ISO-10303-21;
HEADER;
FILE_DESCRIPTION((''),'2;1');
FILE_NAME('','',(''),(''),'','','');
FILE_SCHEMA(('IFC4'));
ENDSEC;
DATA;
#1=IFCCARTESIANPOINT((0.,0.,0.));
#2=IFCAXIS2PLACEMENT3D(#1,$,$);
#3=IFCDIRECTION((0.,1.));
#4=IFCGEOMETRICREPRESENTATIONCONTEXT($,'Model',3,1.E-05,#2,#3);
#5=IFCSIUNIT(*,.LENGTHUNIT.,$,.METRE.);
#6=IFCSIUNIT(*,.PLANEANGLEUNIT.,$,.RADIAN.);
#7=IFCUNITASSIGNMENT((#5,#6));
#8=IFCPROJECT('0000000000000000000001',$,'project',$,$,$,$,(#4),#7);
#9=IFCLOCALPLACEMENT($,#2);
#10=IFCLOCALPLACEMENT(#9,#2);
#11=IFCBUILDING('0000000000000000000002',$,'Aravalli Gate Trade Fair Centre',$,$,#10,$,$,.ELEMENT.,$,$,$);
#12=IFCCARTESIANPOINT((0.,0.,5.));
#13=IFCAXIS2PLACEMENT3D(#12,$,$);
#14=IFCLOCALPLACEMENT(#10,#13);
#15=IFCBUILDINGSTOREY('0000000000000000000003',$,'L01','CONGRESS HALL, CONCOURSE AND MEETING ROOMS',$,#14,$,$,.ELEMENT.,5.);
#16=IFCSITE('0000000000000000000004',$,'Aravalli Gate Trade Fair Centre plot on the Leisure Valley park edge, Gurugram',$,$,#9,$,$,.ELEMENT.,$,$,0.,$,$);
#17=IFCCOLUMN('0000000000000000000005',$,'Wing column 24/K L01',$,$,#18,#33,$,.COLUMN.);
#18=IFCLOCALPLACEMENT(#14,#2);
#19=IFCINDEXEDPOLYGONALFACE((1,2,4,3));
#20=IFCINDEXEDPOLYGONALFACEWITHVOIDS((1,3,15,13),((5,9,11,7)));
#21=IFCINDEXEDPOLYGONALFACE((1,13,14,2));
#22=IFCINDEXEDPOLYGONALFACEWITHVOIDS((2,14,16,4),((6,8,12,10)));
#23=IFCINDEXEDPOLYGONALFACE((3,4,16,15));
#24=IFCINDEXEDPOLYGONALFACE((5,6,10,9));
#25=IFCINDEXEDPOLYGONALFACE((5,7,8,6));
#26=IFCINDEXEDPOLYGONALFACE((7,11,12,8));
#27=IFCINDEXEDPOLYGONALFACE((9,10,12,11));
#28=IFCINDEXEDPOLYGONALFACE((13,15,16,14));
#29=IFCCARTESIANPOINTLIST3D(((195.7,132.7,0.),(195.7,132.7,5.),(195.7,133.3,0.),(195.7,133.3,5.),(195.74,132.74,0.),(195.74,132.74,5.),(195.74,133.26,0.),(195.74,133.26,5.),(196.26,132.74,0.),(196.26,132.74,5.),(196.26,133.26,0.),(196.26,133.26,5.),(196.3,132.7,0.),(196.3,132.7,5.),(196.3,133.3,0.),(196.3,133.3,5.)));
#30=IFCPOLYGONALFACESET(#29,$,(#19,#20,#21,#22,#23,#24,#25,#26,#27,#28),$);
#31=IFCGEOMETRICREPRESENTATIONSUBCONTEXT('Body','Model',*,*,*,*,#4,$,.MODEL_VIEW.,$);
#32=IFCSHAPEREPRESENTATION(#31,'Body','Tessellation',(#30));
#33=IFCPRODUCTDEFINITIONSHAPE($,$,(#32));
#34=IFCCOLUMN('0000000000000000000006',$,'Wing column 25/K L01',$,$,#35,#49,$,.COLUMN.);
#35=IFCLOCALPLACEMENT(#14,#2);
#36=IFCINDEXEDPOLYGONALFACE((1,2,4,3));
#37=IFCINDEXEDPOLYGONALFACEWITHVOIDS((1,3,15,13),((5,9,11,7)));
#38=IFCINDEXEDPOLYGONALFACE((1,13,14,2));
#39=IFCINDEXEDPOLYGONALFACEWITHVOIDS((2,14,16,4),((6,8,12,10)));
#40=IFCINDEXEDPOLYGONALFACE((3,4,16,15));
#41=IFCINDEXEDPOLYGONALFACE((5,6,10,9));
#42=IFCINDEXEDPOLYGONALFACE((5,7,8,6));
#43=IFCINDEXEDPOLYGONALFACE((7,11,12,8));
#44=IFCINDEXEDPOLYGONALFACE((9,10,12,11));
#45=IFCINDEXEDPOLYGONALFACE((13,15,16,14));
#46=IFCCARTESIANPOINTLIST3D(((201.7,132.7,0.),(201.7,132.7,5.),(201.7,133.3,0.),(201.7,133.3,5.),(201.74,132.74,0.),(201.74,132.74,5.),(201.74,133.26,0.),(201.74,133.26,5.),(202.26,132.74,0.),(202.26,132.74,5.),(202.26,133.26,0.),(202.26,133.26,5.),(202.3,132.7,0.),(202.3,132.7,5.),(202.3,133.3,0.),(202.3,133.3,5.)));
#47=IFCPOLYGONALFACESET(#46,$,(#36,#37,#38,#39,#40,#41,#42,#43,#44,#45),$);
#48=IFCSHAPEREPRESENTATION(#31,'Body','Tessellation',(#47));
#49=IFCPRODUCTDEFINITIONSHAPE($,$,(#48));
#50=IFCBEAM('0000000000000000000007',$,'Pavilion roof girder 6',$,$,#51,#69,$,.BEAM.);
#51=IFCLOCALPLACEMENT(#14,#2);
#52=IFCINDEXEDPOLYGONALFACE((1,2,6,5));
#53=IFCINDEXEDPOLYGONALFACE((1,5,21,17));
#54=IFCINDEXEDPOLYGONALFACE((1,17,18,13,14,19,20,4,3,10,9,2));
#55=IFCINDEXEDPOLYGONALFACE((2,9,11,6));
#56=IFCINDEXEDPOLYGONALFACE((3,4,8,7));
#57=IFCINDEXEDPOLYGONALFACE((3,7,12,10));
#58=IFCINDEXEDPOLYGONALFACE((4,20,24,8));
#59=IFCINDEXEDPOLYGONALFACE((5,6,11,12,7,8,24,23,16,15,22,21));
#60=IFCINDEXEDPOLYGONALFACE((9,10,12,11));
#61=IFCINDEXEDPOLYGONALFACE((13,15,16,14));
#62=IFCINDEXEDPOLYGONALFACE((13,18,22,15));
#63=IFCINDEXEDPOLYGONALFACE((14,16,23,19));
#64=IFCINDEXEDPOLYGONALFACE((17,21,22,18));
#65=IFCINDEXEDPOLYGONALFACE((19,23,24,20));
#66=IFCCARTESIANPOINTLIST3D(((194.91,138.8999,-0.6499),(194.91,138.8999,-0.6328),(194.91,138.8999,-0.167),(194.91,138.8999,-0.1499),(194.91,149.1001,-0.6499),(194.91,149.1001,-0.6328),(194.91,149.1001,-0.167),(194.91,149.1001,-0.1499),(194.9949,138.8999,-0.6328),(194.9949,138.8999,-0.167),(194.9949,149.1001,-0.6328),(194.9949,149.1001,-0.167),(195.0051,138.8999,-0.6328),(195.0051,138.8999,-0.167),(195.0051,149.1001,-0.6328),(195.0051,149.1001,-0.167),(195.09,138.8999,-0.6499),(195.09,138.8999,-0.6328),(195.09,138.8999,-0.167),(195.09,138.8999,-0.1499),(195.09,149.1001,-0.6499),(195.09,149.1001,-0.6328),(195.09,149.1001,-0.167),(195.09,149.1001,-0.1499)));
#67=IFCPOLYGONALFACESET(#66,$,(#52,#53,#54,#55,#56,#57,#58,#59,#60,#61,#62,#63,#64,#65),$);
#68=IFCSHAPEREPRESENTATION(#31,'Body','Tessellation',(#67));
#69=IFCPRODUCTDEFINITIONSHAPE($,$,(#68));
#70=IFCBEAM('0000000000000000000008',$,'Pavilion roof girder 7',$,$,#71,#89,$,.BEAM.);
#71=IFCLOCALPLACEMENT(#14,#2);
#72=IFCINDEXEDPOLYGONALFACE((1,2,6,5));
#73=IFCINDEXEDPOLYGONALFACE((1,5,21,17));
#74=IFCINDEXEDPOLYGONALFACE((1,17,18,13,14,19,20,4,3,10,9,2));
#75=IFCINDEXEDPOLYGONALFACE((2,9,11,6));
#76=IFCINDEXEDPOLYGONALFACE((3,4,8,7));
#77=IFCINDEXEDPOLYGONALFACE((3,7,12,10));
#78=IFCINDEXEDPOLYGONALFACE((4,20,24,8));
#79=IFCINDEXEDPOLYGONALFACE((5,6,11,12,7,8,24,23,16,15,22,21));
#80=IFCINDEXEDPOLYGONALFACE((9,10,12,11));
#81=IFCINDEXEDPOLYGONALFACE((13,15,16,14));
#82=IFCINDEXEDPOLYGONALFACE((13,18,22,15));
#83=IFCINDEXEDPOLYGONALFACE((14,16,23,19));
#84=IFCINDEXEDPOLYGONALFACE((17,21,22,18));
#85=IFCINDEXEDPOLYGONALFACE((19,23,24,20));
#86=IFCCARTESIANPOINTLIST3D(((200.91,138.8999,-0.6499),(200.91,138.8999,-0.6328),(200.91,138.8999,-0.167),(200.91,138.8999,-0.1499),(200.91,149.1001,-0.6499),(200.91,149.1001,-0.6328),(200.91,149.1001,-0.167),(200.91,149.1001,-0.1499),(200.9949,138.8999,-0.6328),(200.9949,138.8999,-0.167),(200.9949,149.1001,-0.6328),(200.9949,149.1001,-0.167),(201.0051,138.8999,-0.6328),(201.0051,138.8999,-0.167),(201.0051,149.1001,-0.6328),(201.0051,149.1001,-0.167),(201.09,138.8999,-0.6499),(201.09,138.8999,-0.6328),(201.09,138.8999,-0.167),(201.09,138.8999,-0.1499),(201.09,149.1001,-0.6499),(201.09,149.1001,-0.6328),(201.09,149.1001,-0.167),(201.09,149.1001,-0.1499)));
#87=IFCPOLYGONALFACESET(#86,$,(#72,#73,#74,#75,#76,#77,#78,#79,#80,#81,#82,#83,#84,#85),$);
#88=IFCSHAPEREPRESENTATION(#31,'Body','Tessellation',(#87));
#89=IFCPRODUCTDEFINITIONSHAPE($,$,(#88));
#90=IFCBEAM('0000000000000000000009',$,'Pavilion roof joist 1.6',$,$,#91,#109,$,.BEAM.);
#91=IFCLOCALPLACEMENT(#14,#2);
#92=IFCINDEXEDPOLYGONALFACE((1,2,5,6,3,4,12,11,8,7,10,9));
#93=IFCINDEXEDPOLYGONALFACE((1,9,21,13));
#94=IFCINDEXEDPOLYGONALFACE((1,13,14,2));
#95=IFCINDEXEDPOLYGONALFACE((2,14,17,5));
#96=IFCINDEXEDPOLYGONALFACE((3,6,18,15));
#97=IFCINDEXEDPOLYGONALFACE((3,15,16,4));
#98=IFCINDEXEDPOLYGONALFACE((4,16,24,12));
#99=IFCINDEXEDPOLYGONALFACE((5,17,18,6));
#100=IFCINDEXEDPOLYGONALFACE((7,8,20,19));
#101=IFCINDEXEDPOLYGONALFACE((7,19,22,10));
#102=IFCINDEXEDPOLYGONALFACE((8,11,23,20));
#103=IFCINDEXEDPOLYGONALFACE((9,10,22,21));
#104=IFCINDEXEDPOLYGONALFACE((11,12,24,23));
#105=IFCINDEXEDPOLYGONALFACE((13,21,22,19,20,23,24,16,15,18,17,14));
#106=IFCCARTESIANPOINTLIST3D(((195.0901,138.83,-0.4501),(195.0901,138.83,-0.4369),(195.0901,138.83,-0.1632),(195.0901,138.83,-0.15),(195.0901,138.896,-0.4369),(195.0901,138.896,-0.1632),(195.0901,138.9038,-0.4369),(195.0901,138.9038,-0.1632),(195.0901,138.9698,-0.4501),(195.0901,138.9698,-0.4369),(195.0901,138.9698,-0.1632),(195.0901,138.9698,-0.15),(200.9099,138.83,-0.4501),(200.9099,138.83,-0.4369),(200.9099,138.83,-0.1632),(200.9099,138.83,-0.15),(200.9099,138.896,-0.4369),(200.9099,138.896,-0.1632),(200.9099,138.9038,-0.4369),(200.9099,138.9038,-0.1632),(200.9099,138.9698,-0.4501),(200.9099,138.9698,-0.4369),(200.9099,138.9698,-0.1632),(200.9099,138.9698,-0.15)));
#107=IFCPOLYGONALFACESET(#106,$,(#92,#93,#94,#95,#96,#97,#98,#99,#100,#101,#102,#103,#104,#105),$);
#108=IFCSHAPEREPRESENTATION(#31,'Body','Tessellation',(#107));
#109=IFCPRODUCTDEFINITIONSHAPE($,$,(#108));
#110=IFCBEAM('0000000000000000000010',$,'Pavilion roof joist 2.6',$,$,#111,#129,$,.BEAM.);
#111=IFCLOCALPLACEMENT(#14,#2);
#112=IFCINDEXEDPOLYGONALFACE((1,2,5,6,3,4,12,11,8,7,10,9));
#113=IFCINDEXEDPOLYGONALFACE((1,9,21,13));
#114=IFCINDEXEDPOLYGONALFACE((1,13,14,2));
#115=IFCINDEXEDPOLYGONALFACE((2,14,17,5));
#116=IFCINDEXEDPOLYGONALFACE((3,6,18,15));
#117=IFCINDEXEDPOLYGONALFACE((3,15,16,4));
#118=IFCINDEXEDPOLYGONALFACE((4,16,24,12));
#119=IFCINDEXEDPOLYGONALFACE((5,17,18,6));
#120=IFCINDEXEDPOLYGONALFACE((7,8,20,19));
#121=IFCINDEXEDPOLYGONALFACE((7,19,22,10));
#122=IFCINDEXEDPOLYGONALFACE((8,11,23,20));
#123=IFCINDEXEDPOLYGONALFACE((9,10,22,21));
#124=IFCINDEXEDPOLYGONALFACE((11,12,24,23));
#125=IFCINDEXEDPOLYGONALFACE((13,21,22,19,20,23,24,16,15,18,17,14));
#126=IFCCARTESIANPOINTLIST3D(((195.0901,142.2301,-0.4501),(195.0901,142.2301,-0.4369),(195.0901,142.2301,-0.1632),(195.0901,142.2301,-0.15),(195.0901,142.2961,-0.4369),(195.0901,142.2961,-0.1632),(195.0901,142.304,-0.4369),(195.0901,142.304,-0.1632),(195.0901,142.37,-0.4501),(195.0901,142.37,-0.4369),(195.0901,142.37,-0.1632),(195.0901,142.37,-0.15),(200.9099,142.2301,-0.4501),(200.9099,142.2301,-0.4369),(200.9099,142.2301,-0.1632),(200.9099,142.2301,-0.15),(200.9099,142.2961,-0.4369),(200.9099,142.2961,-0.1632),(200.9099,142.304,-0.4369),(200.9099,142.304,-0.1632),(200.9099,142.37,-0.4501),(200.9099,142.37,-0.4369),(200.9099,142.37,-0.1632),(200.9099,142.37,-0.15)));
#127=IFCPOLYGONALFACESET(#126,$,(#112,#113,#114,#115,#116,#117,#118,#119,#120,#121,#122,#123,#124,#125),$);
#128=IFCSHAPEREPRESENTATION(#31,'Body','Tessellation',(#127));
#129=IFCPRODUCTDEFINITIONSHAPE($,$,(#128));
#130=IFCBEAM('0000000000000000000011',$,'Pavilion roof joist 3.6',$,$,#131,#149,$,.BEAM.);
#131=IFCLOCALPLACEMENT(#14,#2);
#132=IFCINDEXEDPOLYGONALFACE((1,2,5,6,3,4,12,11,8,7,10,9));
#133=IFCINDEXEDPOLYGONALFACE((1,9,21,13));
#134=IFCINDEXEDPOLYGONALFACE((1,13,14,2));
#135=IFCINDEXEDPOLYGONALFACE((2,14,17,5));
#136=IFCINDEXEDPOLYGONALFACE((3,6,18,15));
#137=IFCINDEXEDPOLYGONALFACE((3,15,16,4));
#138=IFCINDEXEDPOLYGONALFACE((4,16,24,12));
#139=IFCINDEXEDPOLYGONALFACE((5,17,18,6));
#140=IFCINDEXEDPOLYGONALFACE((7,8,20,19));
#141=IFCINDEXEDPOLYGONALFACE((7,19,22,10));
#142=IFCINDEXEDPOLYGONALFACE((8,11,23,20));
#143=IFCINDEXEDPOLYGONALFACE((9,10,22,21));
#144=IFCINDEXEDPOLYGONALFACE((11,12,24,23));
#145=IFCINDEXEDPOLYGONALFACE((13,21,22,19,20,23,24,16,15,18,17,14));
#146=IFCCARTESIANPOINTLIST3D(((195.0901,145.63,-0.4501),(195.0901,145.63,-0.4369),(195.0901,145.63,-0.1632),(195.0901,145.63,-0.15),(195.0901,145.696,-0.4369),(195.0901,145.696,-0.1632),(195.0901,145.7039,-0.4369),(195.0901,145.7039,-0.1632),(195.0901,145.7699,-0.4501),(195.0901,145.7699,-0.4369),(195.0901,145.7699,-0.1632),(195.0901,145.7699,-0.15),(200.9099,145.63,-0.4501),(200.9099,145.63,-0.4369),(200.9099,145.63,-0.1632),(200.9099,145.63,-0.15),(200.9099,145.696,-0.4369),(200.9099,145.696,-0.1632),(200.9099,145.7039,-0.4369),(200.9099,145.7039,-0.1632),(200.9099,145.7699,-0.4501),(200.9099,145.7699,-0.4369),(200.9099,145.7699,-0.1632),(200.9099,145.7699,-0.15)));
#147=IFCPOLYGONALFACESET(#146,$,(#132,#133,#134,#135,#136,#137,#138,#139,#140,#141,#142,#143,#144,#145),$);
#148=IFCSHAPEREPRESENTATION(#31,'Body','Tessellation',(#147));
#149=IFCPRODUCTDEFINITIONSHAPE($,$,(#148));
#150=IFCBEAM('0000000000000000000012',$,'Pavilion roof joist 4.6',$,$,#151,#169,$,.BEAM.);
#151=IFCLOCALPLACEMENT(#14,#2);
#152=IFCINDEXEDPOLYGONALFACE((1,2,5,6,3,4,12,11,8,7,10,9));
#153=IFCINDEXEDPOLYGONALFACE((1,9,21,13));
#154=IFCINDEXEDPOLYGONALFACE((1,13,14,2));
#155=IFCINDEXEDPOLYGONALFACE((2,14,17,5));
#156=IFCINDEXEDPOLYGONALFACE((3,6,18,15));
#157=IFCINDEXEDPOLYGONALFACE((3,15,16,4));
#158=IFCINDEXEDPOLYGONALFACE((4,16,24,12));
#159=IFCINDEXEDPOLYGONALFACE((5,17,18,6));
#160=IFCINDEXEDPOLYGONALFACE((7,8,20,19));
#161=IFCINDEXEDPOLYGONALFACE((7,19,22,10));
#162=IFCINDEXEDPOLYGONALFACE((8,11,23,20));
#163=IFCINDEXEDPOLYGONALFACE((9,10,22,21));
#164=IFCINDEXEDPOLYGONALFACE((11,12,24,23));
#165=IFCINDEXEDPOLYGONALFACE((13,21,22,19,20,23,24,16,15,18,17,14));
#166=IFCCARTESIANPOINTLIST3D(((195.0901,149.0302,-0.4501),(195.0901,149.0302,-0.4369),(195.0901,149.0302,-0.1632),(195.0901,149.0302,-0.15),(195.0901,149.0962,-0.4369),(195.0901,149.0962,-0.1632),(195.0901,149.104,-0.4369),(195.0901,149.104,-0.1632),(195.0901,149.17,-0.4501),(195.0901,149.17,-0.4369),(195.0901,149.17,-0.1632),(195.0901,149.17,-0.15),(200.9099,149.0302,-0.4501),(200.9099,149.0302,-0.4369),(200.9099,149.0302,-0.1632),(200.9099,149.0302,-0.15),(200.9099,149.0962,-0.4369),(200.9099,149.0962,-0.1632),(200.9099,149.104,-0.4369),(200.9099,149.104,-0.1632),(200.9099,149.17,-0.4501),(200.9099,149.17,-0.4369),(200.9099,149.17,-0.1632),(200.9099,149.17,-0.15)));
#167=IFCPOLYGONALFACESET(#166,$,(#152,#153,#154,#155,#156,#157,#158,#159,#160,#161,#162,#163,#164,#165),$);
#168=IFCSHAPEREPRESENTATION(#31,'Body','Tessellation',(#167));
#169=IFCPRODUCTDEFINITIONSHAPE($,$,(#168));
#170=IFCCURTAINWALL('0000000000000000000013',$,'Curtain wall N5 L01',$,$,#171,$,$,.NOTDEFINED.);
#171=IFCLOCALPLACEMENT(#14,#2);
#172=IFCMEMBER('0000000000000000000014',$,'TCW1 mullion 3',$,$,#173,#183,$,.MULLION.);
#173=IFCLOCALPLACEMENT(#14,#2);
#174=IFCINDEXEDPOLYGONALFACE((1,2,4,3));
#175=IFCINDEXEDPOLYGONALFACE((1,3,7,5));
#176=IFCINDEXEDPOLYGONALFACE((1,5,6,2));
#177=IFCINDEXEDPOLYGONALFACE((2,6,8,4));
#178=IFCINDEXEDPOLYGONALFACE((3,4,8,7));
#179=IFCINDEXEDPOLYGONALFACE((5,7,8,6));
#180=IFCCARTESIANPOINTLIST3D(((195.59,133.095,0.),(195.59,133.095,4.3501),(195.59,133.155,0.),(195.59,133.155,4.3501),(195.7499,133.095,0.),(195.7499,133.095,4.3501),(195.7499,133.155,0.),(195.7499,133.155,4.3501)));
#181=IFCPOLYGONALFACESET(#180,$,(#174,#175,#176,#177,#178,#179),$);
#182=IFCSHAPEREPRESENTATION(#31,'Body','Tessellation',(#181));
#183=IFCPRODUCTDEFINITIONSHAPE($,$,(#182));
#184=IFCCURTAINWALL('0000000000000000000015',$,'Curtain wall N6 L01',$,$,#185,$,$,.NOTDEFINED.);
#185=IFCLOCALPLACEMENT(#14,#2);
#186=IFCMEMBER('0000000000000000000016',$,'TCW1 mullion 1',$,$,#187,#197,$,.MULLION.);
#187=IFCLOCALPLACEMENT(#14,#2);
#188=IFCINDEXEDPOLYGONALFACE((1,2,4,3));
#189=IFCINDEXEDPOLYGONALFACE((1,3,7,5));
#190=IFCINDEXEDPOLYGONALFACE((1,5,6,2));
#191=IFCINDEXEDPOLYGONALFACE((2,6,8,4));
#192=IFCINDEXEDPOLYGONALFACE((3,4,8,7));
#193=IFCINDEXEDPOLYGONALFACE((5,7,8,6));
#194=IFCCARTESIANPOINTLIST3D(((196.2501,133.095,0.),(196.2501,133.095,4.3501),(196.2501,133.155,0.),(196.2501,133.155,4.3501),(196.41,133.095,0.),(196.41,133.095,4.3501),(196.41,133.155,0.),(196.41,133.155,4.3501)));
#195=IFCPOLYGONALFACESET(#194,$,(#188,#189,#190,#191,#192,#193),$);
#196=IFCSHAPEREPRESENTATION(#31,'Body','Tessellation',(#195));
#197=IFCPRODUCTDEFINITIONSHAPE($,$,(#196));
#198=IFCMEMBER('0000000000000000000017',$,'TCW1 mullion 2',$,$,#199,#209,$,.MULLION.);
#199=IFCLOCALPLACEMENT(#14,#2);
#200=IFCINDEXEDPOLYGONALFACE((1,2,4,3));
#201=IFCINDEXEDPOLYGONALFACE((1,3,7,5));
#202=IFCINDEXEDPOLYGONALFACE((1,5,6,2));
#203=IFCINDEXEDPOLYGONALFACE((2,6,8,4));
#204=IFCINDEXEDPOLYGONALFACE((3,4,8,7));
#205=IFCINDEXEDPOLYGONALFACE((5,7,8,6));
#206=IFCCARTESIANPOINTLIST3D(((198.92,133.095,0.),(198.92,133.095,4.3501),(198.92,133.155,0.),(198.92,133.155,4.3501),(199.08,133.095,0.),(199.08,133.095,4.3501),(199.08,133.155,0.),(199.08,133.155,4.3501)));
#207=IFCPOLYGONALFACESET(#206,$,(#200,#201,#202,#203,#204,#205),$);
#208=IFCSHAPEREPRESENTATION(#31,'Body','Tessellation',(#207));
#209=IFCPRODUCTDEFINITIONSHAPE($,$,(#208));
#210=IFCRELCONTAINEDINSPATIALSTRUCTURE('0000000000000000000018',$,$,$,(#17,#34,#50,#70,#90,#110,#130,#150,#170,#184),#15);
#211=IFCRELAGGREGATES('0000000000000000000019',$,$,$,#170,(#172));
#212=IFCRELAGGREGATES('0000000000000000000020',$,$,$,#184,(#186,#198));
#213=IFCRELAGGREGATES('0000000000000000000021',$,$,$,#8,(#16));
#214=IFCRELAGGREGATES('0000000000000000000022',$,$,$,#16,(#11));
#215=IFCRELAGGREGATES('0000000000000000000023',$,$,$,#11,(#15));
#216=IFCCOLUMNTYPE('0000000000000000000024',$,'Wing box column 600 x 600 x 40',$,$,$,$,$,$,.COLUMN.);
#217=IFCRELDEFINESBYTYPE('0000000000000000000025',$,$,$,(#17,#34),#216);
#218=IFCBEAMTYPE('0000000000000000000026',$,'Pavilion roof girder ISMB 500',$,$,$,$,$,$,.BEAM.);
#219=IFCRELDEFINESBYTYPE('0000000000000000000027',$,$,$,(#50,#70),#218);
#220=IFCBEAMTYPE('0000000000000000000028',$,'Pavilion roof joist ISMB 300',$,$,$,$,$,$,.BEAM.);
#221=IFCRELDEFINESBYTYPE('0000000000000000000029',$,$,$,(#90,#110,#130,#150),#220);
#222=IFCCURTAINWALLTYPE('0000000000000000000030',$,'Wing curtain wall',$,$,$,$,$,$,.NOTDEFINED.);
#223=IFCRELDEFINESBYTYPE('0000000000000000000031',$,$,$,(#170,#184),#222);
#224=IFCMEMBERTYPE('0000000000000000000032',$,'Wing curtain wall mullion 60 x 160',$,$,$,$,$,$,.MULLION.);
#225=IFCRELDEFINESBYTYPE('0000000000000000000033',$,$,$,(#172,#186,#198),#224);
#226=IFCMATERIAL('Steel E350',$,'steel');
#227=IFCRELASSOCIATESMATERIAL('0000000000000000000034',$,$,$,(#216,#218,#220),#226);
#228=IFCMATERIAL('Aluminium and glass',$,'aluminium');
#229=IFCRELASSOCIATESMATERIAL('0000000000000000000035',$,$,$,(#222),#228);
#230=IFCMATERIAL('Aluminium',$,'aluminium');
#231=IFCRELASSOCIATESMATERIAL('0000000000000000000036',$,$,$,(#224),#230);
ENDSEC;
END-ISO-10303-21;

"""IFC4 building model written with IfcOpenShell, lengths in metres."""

from ifc_helpers import new_model, si_unit, direction, frame, origin, origin_2d, place, context, subcontext, project, spatial, rectangle, hollow_rectangle, i_section, extrude, material, material_profile, profile_set, type_object, element, aggregate, save


model = new_model("IFC4")

# Units and contexts
model_context = context("Model", 3, precision=1e-05, world=origin(), true_north=direction((0.0, 1.0)))
body_context = subcontext(model_context, "Body", "Model", "MODEL_VIEW")
ifc_project = project(units=[si_unit("LENGTHUNIT", "METRE"), si_unit("PLANEANGLEUNIT", "RADIAN")], contexts=[model_context])

# Site, building, storey
site_placement = place(None, origin())
site = spatial("IfcSite", under=ifc_project, at=site_placement, Name="Aravalli Gate Trade Fair Centre plot on the Leisure Valley park edge, Gurugram", CompositionType="ELEMENT", RefElevation=0.0)
building_placement = place(site_placement, origin())
building = spatial("IfcBuilding", under=site, at=building_placement, Name="Aravalli Gate Trade Fair Centre", CompositionType="ELEMENT")
storey_placement = place(building_placement, frame((0.0, 0.0, 5.0)))
storey = spatial("IfcBuildingStorey", under=building, at=storey_placement, Name="L01", Description="CONGRESS HALL, CONCOURSE AND MEETING ROOMS", CompositionType="ELEMENT", Elevation=5.0)

# Columns
ifc_material_1 = material(Name="Steel E350", Category="steel")
ifc_material_profile_1 = material_profile(ifc_material_1, hollow_rectangle(XDim=0.6001, YDim=0.6001, WallThickness=0.04, at=origin_2d()), Name="BOX 600x600x40")
ifc_profile_set_1 = profile_set([ifc_material_profile_1], Name="Steel E350")
column_type = type_object("IfcColumnType", Name="Wing box column 600 x 600 x 40", PredefinedType="COLUMN", material=ifc_profile_set_1)
for number, where, z_axis, x_axis, name in (
    (1, (196.0, 133.0, 0.0), (0.0, 0.0, 1.0), (1.0, 0.0, 0.0), "Wing column 24/K L01"),
    (2, (202.0, 133.0, 0.0), (0.0, 0.0, 1.0), (1.0, 0.0, 0.0), "Wing column 25/K L01"),
):
    element("IfcColumn", number, at=place(storey_placement, frame(where, z_axis=z_axis, x_axis=x_axis)), inside=storey, type_object=column_type, Name=name, PredefinedType="COLUMN", context=body_context, shape_type="SweptSolid", body=[
        extrude(hollow_rectangle(XDim=0.6001, YDim=0.6001, WallThickness=0.04, at=origin_2d()), origin(), (0.0, 0.0, 1.0), 5.0),
    ])

# Beams
ifc_material_profile_2 = material_profile(ifc_material_1, i_section(OverallWidth=0.1799, OverallDepth=0.5, WebThickness=0.0103, FlangeThickness=0.0171, at=origin_2d()), Name="ISMB 500")
ifc_profile_set_2 = profile_set([ifc_material_profile_2], Name="Steel E350")
beam_type_1 = type_object("IfcBeamType", Name="Pavilion roof girder ISMB 500", PredefinedType="BEAM", material=ifc_profile_set_2)
for number, where, z_axis, x_axis, name in (
    (3, (195.0, 138.8999, -0.3999), (0.0, 1.0, 0.0), (-1.0, 0.0, 0.0), "Pavilion roof girder 6"),
    (4, (201.0, 138.8999, -0.3999), (0.0, 1.0, 0.0), (-1.0, 0.0, 0.0), "Pavilion roof girder 7"),
):
    element("IfcBeam", number, at=place(storey_placement, frame(where, z_axis=z_axis, x_axis=x_axis)), inside=storey, type_object=beam_type_1, Name=name, PredefinedType="BEAM", context=body_context, shape_type="SweptSolid", body=[
        extrude(i_section(OverallWidth=0.1799, OverallDepth=0.5, WebThickness=0.0103, FlangeThickness=0.0171, at=origin_2d()), origin(), (0.0, 0.0, 1.0), 10.2002),
    ])
ifc_material_profile_3 = material_profile(ifc_material_1, i_section(OverallWidth=0.1399, OverallDepth=0.3, WebThickness=0.0078, FlangeThickness=0.0132, at=origin_2d()), Name="ISMB 300")
ifc_profile_set_3 = profile_set([ifc_material_profile_3], Name="Steel E350")
beam_type_2 = type_object("IfcBeamType", Name="Pavilion roof joist ISMB 300", PredefinedType="BEAM", material=ifc_profile_set_3)
for number, where, z_axis, x_axis, name in (
    (5, (195.0901, 138.8999, -0.3), (1.0, 0.0, 0.0), (0.0, 1.0, 0.0), "Pavilion roof joist 1.6"),
    (6, (195.0901, 142.3, -0.3), (1.0, 0.0, 0.0), (0.0, 1.0, 0.0), "Pavilion roof joist 2.6"),
    (7, (195.0901, 145.7, -0.3), (1.0, 0.0, 0.0), (0.0, 1.0, 0.0), "Pavilion roof joist 3.6"),
    (8, (195.0901, 149.1001, -0.3), (1.0, 0.0, 0.0), (0.0, 1.0, 0.0), "Pavilion roof joist 4.6"),
):
    element("IfcBeam", number, at=place(storey_placement, frame(where, z_axis=z_axis, x_axis=x_axis)), inside=storey, type_object=beam_type_2, Name=name, PredefinedType="BEAM", context=body_context, shape_type="SweptSolid", body=[
        extrude(i_section(OverallWidth=0.1399, OverallDepth=0.3, WebThickness=0.0078, FlangeThickness=0.0132, at=origin_2d()), origin(), (0.0, 0.0, 1.0), 5.8198),
    ])

# Curtain wall, member
ifc_material_2 = material(Name="Aluminium and glass", Category="aluminium")
curtain_wall_type = type_object("IfcCurtainWallType", Name="Wing curtain wall", PredefinedType="NOTDEFINED", material=ifc_material_2)
curtain_wall_1_placement = place(storey_placement, origin())
curtain_wall_1 = element("IfcCurtainWall", 9, at=curtain_wall_1_placement, inside=storey, type_object=curtain_wall_type, Name="Curtain wall N5 L01", PredefinedType="NOTDEFINED")
ifc_material_3 = material(Name="Aluminium", Category="aluminium")
ifc_material_profile_4 = material_profile(ifc_material_3, rectangle(XDim=0.0601, YDim=0.1599, at=origin_2d()), Name="Wing curtain wall mullion 60 x 160")
ifc_profile_set_4 = profile_set([ifc_material_profile_4], Name="Aluminium")
member_type_1 = type_object("IfcMemberType", Name="Wing curtain wall mullion 60 x 160", PredefinedType="MULLION", material=ifc_profile_set_4)
member_1_placement = place(storey_placement, frame((195.6699, 133.125, 0.0), z_axis=(0.0, 0.0, 1.0), x_axis=(0.0, 1.0, 0.0)))
member_1 = element("IfcMember", 10, at=member_1_placement, type_object=member_type_1, Name="TCW1 mullion 3", PredefinedType="MULLION", context=body_context, shape_type="SweptSolid", body=[
    extrude(rectangle(XDim=0.0601, YDim=0.1599, at=origin_2d()), origin(), (0.0, 0.0, 1.0), 4.3501),
])

# Curtain wall, members
curtain_wall_2_placement = place(storey_placement, origin())
curtain_wall_2 = element("IfcCurtainWall", 11, at=curtain_wall_2_placement, inside=storey, type_object=curtain_wall_type, Name="Curtain wall N6 L01", PredefinedType="NOTDEFINED")
member_2_placement = place(storey_placement, frame((196.3301, 133.125, 0.0), z_axis=(0.0, 0.0, 1.0), x_axis=(0.0, 1.0, 0.0)))
member_2 = element("IfcMember", 12, at=member_2_placement, type_object=member_type_1, Name="TCW1 mullion 1", PredefinedType="MULLION", context=body_context, shape_type="SweptSolid", body=[
    extrude(rectangle(XDim=0.0601, YDim=0.1599, at=origin_2d()), origin(), (0.0, 0.0, 1.0), 4.3501),
])
member_3_placement = place(storey_placement, frame((199.0, 133.125, 0.0), z_axis=(0.0, 0.0, 1.0), x_axis=(0.0, 1.0, 0.0)))
member_3 = element("IfcMember", 13, at=member_3_placement, type_object=member_type_1, Name="TCW1 mullion 2", PredefinedType="MULLION", context=body_context, shape_type="SweptSolid", body=[
    extrude(rectangle(XDim=0.0601, YDim=0.1599, at=origin_2d()), origin(), (0.0, 0.0, 1.0), 4.3501),
])

aggregate(curtain_wall_1, [member_1])
aggregate(curtain_wall_2, [member_2, member_3])

save(model, "model.ifc")
